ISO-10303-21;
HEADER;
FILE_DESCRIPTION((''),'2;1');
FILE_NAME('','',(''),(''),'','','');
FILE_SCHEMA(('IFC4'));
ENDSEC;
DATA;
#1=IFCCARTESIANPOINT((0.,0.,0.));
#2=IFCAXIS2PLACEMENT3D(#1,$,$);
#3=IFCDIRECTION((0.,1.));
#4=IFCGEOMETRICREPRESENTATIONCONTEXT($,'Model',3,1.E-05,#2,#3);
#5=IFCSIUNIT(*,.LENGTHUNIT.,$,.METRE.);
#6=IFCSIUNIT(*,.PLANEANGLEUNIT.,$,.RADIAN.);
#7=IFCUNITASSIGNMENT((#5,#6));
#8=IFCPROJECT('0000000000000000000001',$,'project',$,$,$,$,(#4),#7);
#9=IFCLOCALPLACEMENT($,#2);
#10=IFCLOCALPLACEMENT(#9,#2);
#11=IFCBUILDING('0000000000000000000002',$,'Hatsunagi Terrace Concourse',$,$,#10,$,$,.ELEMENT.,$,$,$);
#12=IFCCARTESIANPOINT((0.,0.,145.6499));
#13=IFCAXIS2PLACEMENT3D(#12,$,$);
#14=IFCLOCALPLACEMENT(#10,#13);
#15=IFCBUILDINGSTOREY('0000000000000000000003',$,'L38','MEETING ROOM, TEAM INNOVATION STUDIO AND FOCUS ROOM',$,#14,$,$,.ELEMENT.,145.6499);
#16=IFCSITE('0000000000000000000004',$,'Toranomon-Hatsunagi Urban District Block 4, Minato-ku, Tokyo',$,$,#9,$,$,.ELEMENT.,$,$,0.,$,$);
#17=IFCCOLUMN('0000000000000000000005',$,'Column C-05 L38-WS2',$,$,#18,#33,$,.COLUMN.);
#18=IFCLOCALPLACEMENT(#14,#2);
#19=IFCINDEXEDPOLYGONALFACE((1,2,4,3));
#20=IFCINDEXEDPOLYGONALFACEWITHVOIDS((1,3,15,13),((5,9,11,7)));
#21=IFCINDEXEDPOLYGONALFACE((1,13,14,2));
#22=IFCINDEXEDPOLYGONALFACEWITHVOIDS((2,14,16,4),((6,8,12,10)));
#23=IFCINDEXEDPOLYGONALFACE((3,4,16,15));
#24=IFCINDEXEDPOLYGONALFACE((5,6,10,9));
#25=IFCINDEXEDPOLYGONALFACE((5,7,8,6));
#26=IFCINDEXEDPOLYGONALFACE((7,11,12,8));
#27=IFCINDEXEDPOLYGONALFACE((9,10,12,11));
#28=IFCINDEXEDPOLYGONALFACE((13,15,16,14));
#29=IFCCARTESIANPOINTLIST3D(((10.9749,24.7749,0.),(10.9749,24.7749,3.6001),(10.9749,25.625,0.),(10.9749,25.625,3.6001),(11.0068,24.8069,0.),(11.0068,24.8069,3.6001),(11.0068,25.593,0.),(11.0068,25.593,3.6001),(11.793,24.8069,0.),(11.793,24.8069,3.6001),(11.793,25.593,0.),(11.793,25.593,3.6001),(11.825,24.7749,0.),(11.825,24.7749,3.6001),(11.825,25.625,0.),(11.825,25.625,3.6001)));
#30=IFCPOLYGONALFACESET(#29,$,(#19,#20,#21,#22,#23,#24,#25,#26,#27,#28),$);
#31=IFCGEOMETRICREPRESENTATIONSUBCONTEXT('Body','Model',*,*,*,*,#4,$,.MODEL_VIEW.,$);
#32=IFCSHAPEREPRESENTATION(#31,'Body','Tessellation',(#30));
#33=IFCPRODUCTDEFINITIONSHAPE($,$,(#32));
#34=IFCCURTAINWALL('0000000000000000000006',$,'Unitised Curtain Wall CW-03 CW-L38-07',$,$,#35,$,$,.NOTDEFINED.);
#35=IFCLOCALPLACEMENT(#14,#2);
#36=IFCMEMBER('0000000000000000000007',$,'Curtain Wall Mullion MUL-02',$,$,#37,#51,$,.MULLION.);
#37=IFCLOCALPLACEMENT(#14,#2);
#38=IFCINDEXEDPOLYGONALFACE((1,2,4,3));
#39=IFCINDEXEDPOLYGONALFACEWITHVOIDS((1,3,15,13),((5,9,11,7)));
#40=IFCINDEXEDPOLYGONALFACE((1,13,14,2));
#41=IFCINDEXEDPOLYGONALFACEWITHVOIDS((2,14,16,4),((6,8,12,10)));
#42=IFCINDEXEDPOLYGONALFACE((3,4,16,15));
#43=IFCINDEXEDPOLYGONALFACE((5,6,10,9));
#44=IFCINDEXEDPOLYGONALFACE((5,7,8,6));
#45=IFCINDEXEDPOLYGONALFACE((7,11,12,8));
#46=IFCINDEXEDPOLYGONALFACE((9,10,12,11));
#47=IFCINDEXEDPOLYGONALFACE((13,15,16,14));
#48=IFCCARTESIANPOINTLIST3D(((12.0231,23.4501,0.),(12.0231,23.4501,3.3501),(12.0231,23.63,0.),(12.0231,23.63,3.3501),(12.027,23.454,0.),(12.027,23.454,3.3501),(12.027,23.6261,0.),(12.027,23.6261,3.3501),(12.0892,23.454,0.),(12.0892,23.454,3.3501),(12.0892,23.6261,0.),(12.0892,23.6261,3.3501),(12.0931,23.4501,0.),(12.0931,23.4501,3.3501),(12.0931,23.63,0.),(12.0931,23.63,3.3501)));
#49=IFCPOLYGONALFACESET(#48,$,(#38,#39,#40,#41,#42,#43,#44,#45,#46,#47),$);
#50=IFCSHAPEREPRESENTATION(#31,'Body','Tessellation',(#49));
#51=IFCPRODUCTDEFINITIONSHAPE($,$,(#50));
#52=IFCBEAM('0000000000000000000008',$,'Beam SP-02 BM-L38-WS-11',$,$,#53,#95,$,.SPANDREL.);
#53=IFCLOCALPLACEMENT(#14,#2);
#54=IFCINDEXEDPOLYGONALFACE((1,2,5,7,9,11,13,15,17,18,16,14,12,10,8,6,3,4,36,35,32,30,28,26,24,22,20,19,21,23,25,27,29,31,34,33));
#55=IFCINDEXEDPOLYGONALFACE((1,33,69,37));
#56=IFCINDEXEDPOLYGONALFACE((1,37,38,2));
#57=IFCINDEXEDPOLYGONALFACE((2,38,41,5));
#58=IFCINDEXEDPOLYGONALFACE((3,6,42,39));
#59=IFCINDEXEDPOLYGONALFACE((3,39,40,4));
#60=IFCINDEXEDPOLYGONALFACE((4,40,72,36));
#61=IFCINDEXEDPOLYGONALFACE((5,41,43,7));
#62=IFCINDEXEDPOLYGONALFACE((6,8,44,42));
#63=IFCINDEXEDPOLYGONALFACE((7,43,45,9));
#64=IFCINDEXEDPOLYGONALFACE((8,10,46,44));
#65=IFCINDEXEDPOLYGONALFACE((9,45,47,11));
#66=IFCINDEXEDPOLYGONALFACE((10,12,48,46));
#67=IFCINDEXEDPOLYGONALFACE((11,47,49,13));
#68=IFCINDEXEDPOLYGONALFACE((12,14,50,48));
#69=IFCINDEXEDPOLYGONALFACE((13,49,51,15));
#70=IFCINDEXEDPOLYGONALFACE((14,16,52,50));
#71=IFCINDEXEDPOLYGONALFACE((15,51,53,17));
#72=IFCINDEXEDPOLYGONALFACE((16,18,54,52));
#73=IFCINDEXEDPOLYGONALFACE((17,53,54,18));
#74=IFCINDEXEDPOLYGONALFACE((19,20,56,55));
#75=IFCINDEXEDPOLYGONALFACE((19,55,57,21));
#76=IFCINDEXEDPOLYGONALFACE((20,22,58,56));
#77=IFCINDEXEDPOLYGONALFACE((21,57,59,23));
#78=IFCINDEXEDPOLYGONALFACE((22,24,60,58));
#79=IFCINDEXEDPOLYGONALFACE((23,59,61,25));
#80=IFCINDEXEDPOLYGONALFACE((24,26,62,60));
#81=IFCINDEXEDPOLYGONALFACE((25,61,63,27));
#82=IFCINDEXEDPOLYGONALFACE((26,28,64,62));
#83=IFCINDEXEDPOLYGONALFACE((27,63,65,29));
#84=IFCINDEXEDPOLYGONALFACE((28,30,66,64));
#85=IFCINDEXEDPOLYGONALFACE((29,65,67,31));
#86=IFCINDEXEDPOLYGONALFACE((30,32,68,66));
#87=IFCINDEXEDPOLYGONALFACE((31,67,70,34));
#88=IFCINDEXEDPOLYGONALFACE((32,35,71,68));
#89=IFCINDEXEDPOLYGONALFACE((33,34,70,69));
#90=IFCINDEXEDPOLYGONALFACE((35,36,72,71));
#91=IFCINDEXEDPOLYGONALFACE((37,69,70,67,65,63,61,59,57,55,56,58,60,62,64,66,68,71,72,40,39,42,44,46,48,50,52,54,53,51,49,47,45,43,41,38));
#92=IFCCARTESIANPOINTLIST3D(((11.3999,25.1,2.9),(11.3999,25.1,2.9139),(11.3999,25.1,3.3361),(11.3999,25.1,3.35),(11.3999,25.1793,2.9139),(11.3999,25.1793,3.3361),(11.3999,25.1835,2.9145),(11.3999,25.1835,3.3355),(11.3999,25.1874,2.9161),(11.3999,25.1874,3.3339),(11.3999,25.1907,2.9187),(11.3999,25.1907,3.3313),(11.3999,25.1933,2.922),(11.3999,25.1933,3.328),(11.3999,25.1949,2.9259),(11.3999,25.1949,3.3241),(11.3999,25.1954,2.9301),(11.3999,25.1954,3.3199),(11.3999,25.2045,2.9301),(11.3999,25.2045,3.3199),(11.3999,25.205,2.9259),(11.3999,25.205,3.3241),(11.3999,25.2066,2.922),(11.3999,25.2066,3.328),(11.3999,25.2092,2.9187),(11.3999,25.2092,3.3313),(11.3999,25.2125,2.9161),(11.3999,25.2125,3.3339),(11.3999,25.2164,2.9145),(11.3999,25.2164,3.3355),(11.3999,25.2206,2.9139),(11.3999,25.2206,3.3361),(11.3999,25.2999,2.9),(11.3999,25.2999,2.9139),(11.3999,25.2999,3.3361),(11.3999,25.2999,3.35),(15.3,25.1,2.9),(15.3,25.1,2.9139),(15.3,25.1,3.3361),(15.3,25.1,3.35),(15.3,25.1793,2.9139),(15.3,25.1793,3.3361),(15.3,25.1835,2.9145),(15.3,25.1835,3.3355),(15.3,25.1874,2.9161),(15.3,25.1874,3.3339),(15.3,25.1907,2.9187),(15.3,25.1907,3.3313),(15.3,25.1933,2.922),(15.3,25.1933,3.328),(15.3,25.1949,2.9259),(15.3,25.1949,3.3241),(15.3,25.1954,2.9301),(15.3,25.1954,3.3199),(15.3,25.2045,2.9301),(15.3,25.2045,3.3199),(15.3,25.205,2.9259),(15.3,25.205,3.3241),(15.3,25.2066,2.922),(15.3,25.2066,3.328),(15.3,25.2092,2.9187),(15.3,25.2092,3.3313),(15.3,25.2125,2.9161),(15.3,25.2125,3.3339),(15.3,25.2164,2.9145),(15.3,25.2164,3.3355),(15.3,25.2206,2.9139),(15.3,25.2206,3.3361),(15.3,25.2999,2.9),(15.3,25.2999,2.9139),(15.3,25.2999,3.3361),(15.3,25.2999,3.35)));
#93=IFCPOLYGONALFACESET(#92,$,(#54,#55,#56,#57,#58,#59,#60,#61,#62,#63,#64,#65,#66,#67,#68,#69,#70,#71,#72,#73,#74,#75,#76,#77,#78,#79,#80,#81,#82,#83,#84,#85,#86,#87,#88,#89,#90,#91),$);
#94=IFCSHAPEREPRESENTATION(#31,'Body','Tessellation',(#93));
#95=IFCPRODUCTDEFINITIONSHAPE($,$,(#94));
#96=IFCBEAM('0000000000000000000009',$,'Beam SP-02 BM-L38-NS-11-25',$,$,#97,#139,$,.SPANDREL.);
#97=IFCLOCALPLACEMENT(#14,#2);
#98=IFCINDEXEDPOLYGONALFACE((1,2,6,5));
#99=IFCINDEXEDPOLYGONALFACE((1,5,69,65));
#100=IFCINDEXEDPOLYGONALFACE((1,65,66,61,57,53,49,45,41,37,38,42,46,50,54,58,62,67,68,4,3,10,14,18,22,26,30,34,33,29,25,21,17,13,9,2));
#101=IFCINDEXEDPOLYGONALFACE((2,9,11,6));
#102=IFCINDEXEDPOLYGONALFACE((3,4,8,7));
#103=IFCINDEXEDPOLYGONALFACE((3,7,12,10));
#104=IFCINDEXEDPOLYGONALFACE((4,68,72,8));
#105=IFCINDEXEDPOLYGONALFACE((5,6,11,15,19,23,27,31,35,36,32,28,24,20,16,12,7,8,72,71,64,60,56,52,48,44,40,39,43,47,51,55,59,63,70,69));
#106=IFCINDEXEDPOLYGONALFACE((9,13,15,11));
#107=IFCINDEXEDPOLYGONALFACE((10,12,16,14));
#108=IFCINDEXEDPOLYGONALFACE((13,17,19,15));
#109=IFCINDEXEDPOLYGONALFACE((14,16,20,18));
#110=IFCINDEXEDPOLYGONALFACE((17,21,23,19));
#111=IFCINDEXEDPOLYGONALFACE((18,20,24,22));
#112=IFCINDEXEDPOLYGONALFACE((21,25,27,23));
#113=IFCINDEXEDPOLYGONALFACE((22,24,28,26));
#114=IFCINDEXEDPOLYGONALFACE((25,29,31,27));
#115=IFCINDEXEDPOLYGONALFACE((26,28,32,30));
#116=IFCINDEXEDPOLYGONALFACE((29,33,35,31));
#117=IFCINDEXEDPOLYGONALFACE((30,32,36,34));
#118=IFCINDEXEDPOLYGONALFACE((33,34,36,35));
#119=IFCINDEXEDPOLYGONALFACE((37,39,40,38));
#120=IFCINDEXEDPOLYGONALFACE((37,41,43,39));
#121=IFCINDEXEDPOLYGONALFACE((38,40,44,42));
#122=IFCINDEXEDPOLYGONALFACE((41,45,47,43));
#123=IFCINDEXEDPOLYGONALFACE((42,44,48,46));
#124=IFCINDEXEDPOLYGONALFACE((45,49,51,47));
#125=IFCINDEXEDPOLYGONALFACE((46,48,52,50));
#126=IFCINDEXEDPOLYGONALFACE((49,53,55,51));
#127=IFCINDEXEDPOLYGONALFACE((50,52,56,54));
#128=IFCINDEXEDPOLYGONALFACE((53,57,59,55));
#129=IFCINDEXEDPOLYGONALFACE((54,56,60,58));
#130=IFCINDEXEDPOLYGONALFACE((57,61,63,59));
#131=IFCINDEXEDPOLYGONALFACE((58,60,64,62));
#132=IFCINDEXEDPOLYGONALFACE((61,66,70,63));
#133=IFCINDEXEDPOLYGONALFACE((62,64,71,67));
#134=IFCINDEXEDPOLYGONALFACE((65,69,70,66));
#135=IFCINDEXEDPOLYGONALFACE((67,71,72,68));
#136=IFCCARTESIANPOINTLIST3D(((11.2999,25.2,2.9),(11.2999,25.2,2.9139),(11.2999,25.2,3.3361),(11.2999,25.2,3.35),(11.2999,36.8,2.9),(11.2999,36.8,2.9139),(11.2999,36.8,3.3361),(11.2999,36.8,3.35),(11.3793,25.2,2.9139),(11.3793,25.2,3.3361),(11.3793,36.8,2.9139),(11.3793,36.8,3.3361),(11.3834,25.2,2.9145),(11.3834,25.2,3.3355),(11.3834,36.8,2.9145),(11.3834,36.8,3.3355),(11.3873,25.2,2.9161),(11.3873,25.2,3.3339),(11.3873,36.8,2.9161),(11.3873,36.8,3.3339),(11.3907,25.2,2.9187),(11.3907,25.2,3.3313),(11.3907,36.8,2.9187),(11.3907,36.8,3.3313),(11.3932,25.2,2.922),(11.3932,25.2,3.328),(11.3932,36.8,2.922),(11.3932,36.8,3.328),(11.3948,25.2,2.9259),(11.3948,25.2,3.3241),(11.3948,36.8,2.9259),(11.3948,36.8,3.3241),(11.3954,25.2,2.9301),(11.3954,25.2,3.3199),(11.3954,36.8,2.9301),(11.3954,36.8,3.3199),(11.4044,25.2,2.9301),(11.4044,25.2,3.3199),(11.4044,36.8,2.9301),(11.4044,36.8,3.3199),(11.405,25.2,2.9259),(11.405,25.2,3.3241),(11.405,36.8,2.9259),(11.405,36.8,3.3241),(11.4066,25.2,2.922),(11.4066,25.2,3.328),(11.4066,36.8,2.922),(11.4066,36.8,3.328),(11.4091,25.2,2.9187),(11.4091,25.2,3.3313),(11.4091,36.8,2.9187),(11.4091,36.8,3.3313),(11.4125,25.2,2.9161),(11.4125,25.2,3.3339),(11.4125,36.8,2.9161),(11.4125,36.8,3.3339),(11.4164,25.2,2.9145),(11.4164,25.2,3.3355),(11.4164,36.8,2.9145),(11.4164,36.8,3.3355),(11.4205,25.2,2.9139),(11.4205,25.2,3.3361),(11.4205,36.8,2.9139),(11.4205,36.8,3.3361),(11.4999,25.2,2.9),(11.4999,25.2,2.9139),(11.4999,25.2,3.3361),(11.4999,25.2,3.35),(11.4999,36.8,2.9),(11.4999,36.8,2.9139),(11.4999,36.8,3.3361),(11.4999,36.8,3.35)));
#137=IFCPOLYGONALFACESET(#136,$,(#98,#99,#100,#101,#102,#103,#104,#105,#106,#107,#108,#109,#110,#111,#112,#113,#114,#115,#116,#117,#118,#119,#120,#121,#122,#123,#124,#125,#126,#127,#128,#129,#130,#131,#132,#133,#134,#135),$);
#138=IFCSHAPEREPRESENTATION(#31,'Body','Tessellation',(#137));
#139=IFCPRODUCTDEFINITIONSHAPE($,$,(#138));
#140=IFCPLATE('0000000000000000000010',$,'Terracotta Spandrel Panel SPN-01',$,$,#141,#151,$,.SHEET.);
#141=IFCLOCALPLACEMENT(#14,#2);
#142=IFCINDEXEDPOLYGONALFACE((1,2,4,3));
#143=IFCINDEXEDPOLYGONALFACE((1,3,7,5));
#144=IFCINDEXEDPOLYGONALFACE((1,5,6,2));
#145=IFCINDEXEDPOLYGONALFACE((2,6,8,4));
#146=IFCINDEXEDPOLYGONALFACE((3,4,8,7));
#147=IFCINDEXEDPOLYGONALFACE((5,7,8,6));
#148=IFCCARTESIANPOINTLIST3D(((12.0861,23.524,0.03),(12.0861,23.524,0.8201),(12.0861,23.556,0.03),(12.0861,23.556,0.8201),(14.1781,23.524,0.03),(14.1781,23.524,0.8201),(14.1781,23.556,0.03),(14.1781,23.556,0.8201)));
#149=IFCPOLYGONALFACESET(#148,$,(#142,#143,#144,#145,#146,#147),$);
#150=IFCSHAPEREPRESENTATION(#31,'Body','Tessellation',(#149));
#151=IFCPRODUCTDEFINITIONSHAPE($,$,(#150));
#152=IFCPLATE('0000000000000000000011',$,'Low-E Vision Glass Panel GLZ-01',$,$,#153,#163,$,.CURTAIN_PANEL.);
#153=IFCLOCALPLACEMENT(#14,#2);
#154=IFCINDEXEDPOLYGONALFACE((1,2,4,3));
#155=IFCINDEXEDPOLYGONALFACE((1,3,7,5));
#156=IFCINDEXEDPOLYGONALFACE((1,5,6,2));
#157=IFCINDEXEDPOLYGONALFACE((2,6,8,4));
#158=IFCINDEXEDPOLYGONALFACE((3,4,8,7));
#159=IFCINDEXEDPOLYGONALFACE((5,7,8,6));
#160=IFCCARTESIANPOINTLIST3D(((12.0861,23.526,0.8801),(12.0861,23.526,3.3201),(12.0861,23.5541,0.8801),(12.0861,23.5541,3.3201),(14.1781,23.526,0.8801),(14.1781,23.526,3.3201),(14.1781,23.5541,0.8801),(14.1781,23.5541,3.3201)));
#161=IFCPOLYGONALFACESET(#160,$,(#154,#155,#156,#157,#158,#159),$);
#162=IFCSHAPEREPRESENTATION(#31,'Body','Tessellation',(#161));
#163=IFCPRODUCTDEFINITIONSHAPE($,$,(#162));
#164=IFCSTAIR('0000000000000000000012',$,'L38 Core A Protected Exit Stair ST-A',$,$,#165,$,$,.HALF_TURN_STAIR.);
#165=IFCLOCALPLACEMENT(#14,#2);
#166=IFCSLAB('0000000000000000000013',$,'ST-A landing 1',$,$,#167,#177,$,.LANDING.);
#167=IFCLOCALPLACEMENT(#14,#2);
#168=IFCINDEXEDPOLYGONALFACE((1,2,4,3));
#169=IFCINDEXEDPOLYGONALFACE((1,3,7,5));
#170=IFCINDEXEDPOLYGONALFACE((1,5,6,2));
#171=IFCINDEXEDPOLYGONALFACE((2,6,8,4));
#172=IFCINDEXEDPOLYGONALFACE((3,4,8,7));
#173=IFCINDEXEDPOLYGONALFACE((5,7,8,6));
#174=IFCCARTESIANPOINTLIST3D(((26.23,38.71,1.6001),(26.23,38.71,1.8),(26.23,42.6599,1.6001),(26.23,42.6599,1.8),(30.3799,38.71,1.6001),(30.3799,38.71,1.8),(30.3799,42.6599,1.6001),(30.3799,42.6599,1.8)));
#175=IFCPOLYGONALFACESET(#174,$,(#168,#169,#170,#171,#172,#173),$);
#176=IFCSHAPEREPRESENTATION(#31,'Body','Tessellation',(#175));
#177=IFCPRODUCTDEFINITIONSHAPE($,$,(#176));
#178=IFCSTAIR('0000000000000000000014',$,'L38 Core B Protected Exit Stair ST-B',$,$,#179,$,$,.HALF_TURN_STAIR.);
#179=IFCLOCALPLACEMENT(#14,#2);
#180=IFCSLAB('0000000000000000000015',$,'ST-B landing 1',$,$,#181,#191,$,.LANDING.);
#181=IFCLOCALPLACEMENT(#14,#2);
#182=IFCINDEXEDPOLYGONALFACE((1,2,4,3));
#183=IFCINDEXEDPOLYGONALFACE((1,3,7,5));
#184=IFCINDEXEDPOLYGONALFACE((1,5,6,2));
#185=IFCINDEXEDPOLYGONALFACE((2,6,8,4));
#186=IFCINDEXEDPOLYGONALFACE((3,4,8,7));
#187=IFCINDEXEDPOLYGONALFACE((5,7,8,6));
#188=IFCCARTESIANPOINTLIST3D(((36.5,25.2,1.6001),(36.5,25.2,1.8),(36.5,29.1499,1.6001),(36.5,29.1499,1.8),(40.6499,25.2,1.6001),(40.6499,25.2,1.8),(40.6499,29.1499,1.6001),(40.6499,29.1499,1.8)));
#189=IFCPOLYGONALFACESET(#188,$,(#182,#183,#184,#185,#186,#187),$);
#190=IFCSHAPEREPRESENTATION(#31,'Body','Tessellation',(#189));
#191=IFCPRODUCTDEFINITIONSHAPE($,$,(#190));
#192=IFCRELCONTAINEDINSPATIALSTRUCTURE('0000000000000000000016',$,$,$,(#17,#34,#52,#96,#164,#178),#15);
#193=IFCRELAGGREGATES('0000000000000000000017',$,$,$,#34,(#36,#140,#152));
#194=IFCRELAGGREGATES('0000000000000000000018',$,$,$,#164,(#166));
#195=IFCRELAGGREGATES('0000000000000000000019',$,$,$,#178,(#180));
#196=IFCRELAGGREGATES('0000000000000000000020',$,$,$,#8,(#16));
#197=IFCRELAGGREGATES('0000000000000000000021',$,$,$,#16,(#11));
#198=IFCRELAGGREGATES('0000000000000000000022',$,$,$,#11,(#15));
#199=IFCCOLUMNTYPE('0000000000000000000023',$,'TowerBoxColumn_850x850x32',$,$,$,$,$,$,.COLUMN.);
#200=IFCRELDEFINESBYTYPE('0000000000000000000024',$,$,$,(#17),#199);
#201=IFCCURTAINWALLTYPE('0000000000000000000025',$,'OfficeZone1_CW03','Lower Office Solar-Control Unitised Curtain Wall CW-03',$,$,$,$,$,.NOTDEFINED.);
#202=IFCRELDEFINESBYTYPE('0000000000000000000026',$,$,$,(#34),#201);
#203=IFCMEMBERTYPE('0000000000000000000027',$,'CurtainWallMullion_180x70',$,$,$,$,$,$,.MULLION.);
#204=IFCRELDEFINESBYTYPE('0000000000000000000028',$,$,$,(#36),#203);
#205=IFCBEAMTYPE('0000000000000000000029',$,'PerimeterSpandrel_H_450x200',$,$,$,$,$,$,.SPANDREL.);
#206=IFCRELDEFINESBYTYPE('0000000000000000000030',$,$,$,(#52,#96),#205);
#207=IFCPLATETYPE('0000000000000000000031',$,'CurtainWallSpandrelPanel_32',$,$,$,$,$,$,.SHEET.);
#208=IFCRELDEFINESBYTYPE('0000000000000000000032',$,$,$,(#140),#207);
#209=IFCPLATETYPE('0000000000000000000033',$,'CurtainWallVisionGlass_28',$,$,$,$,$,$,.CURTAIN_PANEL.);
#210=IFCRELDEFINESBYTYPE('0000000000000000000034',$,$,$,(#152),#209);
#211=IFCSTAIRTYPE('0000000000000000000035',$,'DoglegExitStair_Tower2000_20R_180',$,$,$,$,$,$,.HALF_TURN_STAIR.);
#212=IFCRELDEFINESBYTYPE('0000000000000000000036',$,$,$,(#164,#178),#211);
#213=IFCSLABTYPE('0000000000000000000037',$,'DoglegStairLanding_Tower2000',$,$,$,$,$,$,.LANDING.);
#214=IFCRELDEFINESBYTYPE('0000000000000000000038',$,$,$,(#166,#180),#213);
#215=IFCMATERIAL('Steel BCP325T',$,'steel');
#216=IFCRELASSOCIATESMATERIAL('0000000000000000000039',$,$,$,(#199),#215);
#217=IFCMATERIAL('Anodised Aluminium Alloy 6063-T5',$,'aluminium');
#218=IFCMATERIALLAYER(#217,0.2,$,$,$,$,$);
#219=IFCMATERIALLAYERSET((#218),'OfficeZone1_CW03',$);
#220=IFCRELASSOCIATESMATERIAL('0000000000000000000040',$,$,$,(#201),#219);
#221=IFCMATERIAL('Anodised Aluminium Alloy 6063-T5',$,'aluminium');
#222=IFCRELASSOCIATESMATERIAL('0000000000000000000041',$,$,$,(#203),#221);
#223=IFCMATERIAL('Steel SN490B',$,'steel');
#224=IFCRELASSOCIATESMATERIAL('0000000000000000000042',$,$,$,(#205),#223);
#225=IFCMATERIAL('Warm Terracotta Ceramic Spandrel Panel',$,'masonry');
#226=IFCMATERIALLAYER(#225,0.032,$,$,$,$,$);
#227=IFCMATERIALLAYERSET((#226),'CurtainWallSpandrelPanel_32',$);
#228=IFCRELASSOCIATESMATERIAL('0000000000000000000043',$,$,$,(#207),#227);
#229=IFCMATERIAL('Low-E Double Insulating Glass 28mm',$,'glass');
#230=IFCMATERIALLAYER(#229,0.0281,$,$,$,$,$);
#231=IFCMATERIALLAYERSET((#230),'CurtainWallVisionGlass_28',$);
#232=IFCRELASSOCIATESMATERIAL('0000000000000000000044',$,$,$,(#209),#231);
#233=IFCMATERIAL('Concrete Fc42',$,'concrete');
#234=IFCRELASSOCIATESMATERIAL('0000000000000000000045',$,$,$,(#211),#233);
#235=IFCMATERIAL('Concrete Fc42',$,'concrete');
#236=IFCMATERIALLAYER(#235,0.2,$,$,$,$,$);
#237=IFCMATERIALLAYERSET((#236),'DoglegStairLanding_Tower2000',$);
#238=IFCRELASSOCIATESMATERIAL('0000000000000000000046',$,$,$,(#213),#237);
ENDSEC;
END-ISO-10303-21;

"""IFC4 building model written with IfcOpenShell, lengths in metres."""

from ifc_helpers import new_model, si_unit, direction, frame, origin, origin_2d, place, context, subcontext, project, spatial, polyline, rectangle, hollow_rectangle, i_section, outline, extrude, material, layer, layer_set, material_profile, profile_set, type_object, element, aggregate, save


model = new_model("IFC4")

# Units and contexts
model_context = context("Model", 3, precision=1e-05, world=origin(), true_north=direction((0.0, 1.0)))
body_context = subcontext(model_context, "Body", "Model", "MODEL_VIEW")
ifc_project = project(units=[si_unit("LENGTHUNIT", "METRE"), si_unit("PLANEANGLEUNIT", "RADIAN")], contexts=[model_context])

# Site, building, storey
site_placement = place(None, origin())
site = spatial("IfcSite", under=ifc_project, at=site_placement, Name="Toranomon-Hatsunagi Urban District Block 4, Minato-ku, Tokyo", CompositionType="ELEMENT", RefElevation=0.0)
building_placement = place(site_placement, origin())
building = spatial("IfcBuilding", under=site, at=building_placement, Name="Hatsunagi Terrace Concourse", CompositionType="ELEMENT")
storey_placement = place(building_placement, frame((0.0, 0.0, 145.6499)))
storey = spatial("IfcBuildingStorey", under=building, at=storey_placement, Name="L38", Description="MEETING ROOM, TEAM INNOVATION STUDIO AND FOCUS ROOM", CompositionType="ELEMENT", Elevation=145.6499)

# Column
ifc_material_1 = material(Name="Steel BCP325T", Category="steel")
ifc_material_profile_1 = material_profile(ifc_material_1, hollow_rectangle(XDim=0.8501, YDim=0.8501, WallThickness=0.032, at=origin_2d()), Name="BCP-850x850x32")
ifc_profile_set_1 = profile_set([ifc_material_profile_1], Name="Steel BCP325T")
column_type = type_object("IfcColumnType", Name="TowerBoxColumn_850x850x32", PredefinedType="COLUMN", material=ifc_profile_set_1)
column_placement = place(storey_placement, frame((11.3999, 25.2, 0.0), z_axis=(0.0, 0.0, 1.0), x_axis=(1.0, 0.0, 0.0)))
element("IfcColumn", 1, at=column_placement, inside=storey, type_object=column_type, Name="Column C-05 L38-WS2", PredefinedType="COLUMN", context=body_context, shape_type="SweptSolid", body=[
    extrude(hollow_rectangle(XDim=0.8501, YDim=0.8501, WallThickness=0.032, at=origin_2d()), origin(), (0.0, 0.0, 1.0), 3.6001),
])

# Curtain wall, member
ifc_material_2 = material(Name="Anodised Aluminium Alloy 6063-T5", Category="aluminium")
ifc_layer_1 = layer(ifc_material_2, 0.2)
ifc_layer_set_1 = layer_set([ifc_layer_1], Name="OfficeZone1_CW03")
curtain_wall_type = type_object("IfcCurtainWallType", Name="OfficeZone1_CW03", Description="Lower Office Solar-Control Unitised Curtain Wall CW-03", PredefinedType="NOTDEFINED", material=ifc_layer_set_1)
curtain_wall_placement = place(storey_placement, origin())
curtain_wall = element("IfcCurtainWall", 2, at=curtain_wall_placement, inside=storey, type_object=curtain_wall_type, Name="Unitised Curtain Wall CW-03 CW-L38-07", PredefinedType="NOTDEFINED")
ifc_material_3 = material(Name="Anodised Aluminium Alloy 6063-T5", Category="aluminium")
ifc_material_profile_2 = material_profile(ifc_material_3, hollow_rectangle(XDim=0.0701, YDim=0.1799, WallThickness=0.0039, at=origin_2d()), Name="ALU-MUL-180x70x4")
ifc_profile_set_2 = profile_set([ifc_material_profile_2], Name="Anodised Aluminium Alloy 6063-T5")
member_type = type_object("IfcMemberType", Name="CurtainWallMullion_180x70", PredefinedType="MULLION", material=ifc_profile_set_2)
member_placement = place(storey_placement, frame((12.0581, 23.54, 0.0), z_axis=(0.0, 0.0, 1.0), x_axis=(-1.0, 0.0, 0.0)))
member = element("IfcMember", 3, at=member_placement, type_object=member_type, Name="Curtain Wall Mullion MUL-02", PredefinedType="MULLION", context=body_context, shape_type="SweptSolid", body=[
    extrude(hollow_rectangle(XDim=0.0701, YDim=0.1799, WallThickness=0.0039, at=origin_2d()), origin(), (0.0, 0.0, 1.0), 3.3501),
])

# Beams
ifc_material_4 = material(Name="Steel SN490B", Category="steel")
ifc_material_profile_3 = material_profile(ifc_material_4, i_section(OverallWidth=0.2, OverallDepth=0.45, WebThickness=0.009, FlangeThickness=0.0139, FilletRadius=0.0161, at=origin_2d()), Name="H-450x200x9x14")
ifc_profile_set_3 = profile_set([ifc_material_profile_3], Name="Steel SN490B")
beam_type = type_object("IfcBeamType", Name="PerimeterSpandrel_H_450x200", PredefinedType="SPANDREL", material=ifc_profile_set_3)
beam_1_placement = place(storey_placement, frame((11.3999, 25.2, 3.125), z_axis=(1.0, 0.0, 0.0), x_axis=(0.0, 1.0, 0.0)))
element("IfcBeam", 4, at=beam_1_placement, inside=storey, type_object=beam_type, Name="Beam SP-02 BM-L38-WS-11", PredefinedType="SPANDREL", context=body_context, shape_type="SweptSolid", body=[
    extrude(i_section(OverallWidth=0.2, OverallDepth=0.45, WebThickness=0.009, FlangeThickness=0.0139, FilletRadius=0.0161, at=origin_2d()), origin(), (0.0, 0.0, 1.0), 3.9001),
])
beam_2_placement = place(storey_placement, frame((11.3999, 25.2, 3.125), z_axis=(0.0, 1.0, 0.0), x_axis=(-1.0, 0.0, 0.0)))
element("IfcBeam", 5, at=beam_2_placement, inside=storey, type_object=beam_type, Name="Beam SP-02 BM-L38-NS-11-25", PredefinedType="SPANDREL", context=body_context, shape_type="SweptSolid", body=[
    extrude(i_section(OverallWidth=0.2, OverallDepth=0.45, WebThickness=0.009, FlangeThickness=0.0139, FilletRadius=0.0161, at=origin_2d()), origin(), (0.0, 0.0, 1.0), 11.6001),
])

# Plates
ifc_material_5 = material(Name="Warm Terracotta Ceramic Spandrel Panel", Category="masonry")
ifc_layer_2 = layer(ifc_material_5, 0.032)
ifc_layer_set_2 = layer_set([ifc_layer_2], Name="CurtainWallSpandrelPanel_32")
plate_type_1 = type_object("IfcPlateType", Name="CurtainWallSpandrelPanel_32", PredefinedType="SHEET", material=ifc_layer_set_2)
plate_1_placement = place(storey_placement, frame((13.1321, 23.54, 0.03), z_axis=(0.0, 0.0, 1.0), x_axis=(-1.0, 0.0, 0.0)))
plate_1 = element("IfcPlate", 6, at=plate_1_placement, type_object=plate_type_1, Name="Terracotta Spandrel Panel SPN-01", PredefinedType="SHEET", context=body_context, shape_type="SweptSolid", body=[
    extrude(rectangle(XDim=2.092, YDim=0.032, at=origin_2d()), origin(), (0.0, 0.0, 1.0), 0.79),
])
ifc_material_6 = material(Name="Low-E Double Insulating Glass 28mm", Category="glass")
ifc_layer_3 = layer(ifc_material_6, 0.0281)
ifc_layer_set_3 = layer_set([ifc_layer_3], Name="CurtainWallVisionGlass_28")
plate_type_2 = type_object("IfcPlateType", Name="CurtainWallVisionGlass_28", PredefinedType="CURTAIN_PANEL", material=ifc_layer_set_3)
plate_2_placement = place(storey_placement, frame((13.1321, 23.54, 0.8801), z_axis=(0.0, 0.0, 1.0), x_axis=(-1.0, 0.0, 0.0)))
plate_2 = element("IfcPlate", 7, at=plate_2_placement, type_object=plate_type_2, Name="Low-E Vision Glass Panel GLZ-01", PredefinedType="CURTAIN_PANEL", context=body_context, shape_type="SweptSolid", body=[
    extrude(rectangle(XDim=2.092, YDim=0.0281, at=origin_2d()), origin(), (0.0, 0.0, 1.0), 2.4399),
])
aggregate(curtain_wall, [member, plate_1, plate_2])

# Stairs, slabs
ifc_material_7 = material(Name="Concrete Fc42", Category="concrete")
stair_type = type_object("IfcStairType", Name="DoglegExitStair_Tower2000_20R_180", PredefinedType="HALF_TURN_STAIR", material=ifc_material_7)
stair_1_placement = place(storey_placement, origin())
stair_1 = element("IfcStair", 8, at=stair_1_placement, inside=storey, type_object=stair_type, Name="L38 Core A Protected Exit Stair ST-A", PredefinedType="HALF_TURN_STAIR")
ifc_material_8 = material(Name="Concrete Fc42", Category="concrete")
ifc_layer_4 = layer(ifc_material_8, 0.2)
ifc_layer_set_4 = layer_set([ifc_layer_4], Name="DoglegStairLanding_Tower2000")
slab_type_1 = type_object("IfcSlabType", Name="DoglegStairLanding_Tower2000", PredefinedType="LANDING", material=ifc_layer_set_4)
slab_1_placement = place(storey_placement, frame((0.0, 0.0, 1.6001)))
slab_1 = element("IfcSlab", 9, at=slab_1_placement, type_object=slab_type_1, Name="ST-A landing 1", PredefinedType="LANDING", context=body_context, shape_type="SweptSolid", body=[
    extrude(outline(polyline([(30.3799, 38.71), (30.3799, 42.6599), (26.23, 42.6599), (26.23, 38.71), (30.3799, 38.71)])), origin(), (0.0, 0.0, 1.0), 0.2),
])
aggregate(stair_1, [slab_1])
stair_2_placement = place(storey_placement, origin())
stair_2 = element("IfcStair", 10, at=stair_2_placement, inside=storey, type_object=stair_type, Name="L38 Core B Protected Exit Stair ST-B", PredefinedType="HALF_TURN_STAIR")
slab_2_placement = place(storey_placement, frame((0.0, 0.0, 1.6001)))
slab_2 = element("IfcSlab", 11, at=slab_2_placement, type_object=slab_type_1, Name="ST-B landing 1", PredefinedType="LANDING", context=body_context, shape_type="SweptSolid", body=[
    extrude(outline(polyline([(36.5, 29.1499), (36.5, 25.2), (40.6499, 25.2), (40.6499, 29.1499), (36.5, 29.1499)])), origin(), (0.0, 0.0, 1.0), 0.2),
])
aggregate(stair_2, [slab_2])

save(model, "model.ifc")
